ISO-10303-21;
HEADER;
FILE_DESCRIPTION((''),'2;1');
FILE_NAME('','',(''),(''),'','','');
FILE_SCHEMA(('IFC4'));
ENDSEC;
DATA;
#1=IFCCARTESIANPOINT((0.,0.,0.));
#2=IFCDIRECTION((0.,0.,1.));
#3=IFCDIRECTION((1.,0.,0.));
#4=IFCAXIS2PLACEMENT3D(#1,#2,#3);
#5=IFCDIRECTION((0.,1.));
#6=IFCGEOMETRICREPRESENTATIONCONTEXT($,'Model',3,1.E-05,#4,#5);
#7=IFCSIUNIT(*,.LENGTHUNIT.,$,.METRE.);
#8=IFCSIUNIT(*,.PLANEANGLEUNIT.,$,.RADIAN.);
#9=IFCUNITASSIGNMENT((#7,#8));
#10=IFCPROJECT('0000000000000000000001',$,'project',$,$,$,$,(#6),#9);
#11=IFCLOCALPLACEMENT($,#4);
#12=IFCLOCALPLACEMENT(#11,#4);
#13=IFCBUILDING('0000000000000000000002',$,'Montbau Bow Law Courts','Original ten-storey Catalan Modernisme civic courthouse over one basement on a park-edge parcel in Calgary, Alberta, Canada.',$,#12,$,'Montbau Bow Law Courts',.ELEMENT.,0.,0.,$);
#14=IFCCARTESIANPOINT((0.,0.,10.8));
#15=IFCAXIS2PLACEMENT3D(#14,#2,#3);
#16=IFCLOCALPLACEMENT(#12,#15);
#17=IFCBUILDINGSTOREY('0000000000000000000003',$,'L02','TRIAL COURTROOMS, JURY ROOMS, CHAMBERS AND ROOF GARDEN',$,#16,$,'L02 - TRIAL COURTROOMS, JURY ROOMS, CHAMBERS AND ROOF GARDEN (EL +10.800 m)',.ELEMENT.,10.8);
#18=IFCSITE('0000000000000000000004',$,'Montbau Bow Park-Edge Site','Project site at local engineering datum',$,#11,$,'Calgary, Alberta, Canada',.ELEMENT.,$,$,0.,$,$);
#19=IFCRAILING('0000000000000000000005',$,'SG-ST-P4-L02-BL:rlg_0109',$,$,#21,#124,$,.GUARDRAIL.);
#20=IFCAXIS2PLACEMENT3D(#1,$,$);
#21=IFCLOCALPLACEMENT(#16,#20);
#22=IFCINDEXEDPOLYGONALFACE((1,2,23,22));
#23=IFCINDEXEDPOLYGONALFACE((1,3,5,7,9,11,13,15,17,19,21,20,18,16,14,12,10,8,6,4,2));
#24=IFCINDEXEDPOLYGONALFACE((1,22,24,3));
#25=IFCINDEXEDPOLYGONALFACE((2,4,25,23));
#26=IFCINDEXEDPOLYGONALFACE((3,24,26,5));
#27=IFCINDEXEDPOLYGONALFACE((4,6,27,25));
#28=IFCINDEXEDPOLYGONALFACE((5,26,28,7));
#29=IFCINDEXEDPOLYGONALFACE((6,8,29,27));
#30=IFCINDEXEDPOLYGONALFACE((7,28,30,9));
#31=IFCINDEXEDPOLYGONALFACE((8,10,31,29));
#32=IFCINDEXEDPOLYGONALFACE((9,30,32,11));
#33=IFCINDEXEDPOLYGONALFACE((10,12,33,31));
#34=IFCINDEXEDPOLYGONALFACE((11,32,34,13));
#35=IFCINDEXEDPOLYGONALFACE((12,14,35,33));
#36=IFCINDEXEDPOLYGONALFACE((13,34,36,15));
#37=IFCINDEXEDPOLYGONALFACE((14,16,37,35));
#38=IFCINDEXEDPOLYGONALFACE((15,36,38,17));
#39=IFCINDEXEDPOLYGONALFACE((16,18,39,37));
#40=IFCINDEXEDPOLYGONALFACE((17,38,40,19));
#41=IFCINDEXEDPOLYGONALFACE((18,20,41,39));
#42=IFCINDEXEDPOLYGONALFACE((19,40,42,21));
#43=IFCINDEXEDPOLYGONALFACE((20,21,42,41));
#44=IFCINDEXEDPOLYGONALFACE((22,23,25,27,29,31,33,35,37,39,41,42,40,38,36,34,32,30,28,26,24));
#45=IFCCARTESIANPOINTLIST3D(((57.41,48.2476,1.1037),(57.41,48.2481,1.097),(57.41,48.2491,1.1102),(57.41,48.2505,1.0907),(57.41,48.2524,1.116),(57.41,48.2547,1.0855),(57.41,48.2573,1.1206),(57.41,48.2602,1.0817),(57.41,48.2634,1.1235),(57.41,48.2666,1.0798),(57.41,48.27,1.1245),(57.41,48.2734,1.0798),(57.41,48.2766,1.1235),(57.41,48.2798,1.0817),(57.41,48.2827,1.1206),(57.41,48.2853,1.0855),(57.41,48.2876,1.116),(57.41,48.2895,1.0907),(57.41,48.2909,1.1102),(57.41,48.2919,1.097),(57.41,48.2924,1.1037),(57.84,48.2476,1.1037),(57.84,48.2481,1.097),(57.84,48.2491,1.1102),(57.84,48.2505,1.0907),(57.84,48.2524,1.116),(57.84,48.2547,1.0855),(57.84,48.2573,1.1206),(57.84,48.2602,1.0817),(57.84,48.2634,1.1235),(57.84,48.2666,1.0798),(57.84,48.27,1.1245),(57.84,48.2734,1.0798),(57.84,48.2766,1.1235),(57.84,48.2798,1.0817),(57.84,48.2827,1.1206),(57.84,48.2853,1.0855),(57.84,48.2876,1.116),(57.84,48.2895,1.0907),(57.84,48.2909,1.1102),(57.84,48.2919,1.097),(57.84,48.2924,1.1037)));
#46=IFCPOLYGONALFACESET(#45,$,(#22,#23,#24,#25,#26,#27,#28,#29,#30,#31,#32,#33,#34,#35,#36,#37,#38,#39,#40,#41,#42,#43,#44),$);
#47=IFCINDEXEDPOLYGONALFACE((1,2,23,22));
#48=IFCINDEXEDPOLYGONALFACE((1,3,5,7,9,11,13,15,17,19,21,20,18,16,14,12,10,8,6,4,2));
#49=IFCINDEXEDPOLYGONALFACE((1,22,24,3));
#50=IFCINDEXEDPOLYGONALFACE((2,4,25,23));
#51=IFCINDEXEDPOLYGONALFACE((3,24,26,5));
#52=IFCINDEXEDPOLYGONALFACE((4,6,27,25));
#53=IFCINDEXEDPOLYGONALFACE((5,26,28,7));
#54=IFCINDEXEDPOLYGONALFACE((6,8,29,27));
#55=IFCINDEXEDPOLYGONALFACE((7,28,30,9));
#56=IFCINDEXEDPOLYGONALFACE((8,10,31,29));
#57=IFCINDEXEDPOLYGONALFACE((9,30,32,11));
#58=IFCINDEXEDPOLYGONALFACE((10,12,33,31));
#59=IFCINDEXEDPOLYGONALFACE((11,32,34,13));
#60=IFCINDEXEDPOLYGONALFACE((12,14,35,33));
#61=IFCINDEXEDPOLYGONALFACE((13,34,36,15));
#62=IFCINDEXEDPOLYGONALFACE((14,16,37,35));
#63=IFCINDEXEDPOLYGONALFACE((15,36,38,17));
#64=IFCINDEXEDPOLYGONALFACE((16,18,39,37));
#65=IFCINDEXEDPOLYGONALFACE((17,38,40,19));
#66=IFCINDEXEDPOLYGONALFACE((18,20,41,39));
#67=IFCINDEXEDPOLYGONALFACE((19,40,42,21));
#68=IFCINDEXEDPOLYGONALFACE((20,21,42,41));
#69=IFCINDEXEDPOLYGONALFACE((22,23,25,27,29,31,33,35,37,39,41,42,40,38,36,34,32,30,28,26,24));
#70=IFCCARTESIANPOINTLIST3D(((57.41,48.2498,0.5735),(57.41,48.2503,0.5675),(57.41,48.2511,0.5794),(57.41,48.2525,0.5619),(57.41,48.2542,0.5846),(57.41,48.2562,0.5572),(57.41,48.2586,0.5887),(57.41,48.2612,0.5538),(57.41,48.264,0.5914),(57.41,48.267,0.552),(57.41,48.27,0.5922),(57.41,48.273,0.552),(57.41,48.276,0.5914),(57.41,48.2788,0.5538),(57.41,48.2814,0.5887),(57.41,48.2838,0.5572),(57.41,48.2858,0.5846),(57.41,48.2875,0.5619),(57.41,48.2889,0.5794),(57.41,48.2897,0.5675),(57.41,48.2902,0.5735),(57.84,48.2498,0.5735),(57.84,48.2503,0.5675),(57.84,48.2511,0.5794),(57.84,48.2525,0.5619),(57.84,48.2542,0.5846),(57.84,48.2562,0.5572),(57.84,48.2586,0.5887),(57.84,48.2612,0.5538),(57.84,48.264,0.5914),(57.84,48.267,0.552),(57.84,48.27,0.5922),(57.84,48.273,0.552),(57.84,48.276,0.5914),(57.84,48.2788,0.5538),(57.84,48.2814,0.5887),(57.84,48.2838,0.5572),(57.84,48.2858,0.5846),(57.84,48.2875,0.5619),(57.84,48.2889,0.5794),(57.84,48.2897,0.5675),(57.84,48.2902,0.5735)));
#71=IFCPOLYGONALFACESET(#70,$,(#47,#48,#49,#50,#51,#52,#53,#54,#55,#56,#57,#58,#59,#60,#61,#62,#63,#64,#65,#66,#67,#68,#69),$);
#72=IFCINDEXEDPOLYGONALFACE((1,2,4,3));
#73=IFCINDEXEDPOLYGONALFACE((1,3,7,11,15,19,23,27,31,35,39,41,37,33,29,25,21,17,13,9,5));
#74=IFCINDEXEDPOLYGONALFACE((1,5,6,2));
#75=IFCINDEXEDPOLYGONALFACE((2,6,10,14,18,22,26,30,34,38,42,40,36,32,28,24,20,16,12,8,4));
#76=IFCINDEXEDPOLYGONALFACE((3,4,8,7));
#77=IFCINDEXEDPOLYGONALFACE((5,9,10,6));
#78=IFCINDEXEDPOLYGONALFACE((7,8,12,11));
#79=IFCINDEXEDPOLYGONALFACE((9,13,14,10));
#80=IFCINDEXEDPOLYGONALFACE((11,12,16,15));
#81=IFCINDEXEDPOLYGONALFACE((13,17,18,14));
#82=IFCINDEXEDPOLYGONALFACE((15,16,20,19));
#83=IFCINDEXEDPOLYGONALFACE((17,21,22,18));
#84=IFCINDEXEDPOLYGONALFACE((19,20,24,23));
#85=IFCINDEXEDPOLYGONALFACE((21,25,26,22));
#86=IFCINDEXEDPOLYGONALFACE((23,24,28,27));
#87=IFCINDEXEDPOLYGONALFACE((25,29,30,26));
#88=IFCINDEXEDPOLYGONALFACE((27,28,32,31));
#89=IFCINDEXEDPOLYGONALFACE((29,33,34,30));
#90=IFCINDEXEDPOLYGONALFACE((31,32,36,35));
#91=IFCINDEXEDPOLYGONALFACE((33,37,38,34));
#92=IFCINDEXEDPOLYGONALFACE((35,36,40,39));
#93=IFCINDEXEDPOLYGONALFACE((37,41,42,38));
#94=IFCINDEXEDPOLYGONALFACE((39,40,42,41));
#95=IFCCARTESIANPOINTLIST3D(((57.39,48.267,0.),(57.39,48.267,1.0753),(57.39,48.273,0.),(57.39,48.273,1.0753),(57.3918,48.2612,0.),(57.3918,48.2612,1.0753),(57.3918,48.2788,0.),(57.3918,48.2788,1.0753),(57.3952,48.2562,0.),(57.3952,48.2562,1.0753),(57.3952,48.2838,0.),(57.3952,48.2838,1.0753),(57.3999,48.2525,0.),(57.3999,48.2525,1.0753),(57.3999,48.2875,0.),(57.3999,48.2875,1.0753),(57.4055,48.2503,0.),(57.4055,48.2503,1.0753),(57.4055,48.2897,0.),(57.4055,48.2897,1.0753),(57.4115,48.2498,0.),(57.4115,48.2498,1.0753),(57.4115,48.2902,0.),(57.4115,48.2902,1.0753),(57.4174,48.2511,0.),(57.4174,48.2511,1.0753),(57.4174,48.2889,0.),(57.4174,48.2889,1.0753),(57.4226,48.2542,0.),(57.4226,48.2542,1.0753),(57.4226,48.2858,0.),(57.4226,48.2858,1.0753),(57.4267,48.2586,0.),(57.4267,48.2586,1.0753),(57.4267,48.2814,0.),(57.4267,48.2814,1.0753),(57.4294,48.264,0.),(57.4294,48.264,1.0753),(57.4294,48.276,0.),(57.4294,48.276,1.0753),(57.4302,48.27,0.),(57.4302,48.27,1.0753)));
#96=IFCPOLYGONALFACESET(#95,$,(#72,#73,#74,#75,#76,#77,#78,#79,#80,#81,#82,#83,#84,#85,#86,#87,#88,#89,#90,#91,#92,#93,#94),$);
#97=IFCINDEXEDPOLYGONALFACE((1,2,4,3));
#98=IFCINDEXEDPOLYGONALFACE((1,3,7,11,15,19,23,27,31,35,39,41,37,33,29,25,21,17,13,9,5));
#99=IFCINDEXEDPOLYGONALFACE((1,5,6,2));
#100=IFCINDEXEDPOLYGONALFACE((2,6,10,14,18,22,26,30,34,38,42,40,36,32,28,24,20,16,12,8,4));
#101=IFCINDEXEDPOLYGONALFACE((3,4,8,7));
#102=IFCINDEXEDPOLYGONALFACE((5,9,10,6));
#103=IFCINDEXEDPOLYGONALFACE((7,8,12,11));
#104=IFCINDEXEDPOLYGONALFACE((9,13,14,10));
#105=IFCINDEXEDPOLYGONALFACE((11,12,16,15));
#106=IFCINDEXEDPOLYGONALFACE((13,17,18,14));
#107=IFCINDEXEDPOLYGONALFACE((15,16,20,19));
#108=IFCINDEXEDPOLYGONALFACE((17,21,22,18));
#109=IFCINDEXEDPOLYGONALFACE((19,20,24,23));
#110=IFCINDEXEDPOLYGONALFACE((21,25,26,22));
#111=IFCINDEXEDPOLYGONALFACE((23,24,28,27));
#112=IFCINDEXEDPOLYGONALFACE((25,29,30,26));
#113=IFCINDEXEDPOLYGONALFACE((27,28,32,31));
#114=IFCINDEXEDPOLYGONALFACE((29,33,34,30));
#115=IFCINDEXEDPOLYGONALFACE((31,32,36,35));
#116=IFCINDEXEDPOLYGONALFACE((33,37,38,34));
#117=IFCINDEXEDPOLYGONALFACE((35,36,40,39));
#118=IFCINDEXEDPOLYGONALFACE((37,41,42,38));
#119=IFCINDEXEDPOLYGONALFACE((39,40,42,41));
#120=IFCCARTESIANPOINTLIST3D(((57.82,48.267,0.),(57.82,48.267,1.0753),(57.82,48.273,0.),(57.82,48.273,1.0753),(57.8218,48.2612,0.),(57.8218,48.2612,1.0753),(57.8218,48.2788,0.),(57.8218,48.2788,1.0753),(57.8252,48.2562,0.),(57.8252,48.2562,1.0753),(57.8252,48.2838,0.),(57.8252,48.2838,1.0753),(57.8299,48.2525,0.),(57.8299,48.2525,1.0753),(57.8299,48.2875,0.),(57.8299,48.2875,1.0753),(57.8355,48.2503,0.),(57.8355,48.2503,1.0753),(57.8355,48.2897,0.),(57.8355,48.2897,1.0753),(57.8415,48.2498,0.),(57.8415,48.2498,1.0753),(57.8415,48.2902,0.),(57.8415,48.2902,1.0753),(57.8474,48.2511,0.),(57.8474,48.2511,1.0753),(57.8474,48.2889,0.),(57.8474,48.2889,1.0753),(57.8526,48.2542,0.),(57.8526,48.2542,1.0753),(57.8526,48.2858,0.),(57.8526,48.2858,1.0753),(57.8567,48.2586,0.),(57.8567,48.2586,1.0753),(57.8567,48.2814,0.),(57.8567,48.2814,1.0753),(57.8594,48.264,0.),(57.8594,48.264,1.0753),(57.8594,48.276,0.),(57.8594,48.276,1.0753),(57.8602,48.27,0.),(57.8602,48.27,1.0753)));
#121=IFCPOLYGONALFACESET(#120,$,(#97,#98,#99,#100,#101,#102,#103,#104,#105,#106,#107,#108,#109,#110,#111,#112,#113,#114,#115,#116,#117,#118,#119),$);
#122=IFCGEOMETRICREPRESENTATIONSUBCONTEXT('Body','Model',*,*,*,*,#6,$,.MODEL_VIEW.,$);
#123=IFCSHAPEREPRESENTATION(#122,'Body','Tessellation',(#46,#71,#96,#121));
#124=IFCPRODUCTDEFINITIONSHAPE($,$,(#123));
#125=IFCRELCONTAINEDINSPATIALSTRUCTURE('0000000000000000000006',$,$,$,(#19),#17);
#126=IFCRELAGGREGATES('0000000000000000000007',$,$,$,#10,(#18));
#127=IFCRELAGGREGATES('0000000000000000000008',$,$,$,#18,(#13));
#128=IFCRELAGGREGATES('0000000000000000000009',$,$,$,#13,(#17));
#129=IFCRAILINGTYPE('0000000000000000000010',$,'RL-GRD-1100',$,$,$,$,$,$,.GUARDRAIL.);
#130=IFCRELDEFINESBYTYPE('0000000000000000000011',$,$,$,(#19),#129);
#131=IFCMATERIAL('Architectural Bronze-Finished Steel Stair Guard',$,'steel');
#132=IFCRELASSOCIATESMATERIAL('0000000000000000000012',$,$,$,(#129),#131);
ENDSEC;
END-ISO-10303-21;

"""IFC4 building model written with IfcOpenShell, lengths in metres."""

from ifc_helpers import new_model, si_unit, direction, frame, origin_with_axes, origin_2d_with_axis, place, context, subcontext, project, spatial, circle, extrude, material, type_object, element, save


model = new_model("IFC4")

# Units and contexts
model_context = context("Model", 3, precision=1e-05, world=origin_with_axes(), true_north=direction((0.0, 1.0)))
body_context = subcontext(model_context, "Body", "Model", "MODEL_VIEW")
ifc_project = project(units=[si_unit("LENGTHUNIT", "METRE"), si_unit("PLANEANGLEUNIT", "RADIAN")], contexts=[model_context])

# Site, building, storey
site_placement = place(None, origin_with_axes())
site = spatial("IfcSite", under=ifc_project, at=site_placement, Name="Montbau Bow Park-Edge Site", Description="Project site at local engineering datum", LongName="Calgary, Alberta, Canada", CompositionType="ELEMENT", RefElevation=0.0)
building_placement = place(site_placement, origin_with_axes())
building = spatial("IfcBuilding", under=site, at=building_placement, Name="Montbau Bow Law Courts", Description="Original ten-storey Catalan Modernisme civic courthouse over one basement on a park-edge parcel in Calgary, Alberta, Canada.", LongName="Montbau Bow Law Courts", CompositionType="ELEMENT", ElevationOfRefHeight=0.0, ElevationOfTerrain=0.0)
storey_placement = place(building_placement, frame((0.0, 0.0, 10.8), z_axis=(0.0, 0.0, 1.0), x_axis=(1.0, 0.0, 0.0)))
storey = spatial("IfcBuildingStorey", under=building, at=storey_placement, Name="L02", Description="TRIAL COURTROOMS, JURY ROOMS, CHAMBERS AND ROOF GARDEN", LongName="L02 - TRIAL COURTROOMS, JURY ROOMS, CHAMBERS AND ROOF GARDEN (EL +10.800 m)", CompositionType="ELEMENT", Elevation=10.8)

# Railing
ifc_material_1 = material(Name="Architectural Bronze-Finished Steel Stair Guard", Category="steel")
railing_type_1 = type_object("IfcRailingType", Name="RL-GRD-1100", PredefinedType="GUARDRAIL", material=ifc_material_1)
railing_1_placement = place(None, origin_with_axes())
element("IfcRailing", 1, at=railing_1_placement, inside=storey, type_object=railing_type_1, Name="SG-ST-P4-L02-BL:rlg_0109", PredefinedType="GUARDRAIL", context=body_context, shape_type="SweptSolid", body=[
    extrude(circle(Radius=0.0225, at=origin_2d_with_axis()), frame((57.41, 48.27, 11.902), z_axis=(1.0, 0.0, 0.0), x_axis=(0.0, 0.0, 1.0)), (0.0, 0.0, 1.0), 0.43),
    extrude(circle(Radius=0.0203, at=origin_2d_with_axis()), frame((57.41, 48.27, 11.372), z_axis=(1.0, 0.0, 0.0), x_axis=(0.0, 0.0, 1.0)), (0.0, 0.0, 1.0), 0.43),
    extrude(circle(Radius=0.0203, at=origin_2d_with_axis()), frame((57.41, 48.27, 10.8), z_axis=(0.0, 0.0, 1.0), x_axis=(1.0, 0.0, 0.0)), (0.0, 0.0, 1.0), 1.0753),
    extrude(circle(Radius=0.0203, at=origin_2d_with_axis()), frame((57.84, 48.27, 10.8), z_axis=(0.0, 0.0, 1.0), x_axis=(1.0, 0.0, 0.0)), (0.0, 0.0, 1.0), 1.0753),
])

save(model, "model.ifc")
